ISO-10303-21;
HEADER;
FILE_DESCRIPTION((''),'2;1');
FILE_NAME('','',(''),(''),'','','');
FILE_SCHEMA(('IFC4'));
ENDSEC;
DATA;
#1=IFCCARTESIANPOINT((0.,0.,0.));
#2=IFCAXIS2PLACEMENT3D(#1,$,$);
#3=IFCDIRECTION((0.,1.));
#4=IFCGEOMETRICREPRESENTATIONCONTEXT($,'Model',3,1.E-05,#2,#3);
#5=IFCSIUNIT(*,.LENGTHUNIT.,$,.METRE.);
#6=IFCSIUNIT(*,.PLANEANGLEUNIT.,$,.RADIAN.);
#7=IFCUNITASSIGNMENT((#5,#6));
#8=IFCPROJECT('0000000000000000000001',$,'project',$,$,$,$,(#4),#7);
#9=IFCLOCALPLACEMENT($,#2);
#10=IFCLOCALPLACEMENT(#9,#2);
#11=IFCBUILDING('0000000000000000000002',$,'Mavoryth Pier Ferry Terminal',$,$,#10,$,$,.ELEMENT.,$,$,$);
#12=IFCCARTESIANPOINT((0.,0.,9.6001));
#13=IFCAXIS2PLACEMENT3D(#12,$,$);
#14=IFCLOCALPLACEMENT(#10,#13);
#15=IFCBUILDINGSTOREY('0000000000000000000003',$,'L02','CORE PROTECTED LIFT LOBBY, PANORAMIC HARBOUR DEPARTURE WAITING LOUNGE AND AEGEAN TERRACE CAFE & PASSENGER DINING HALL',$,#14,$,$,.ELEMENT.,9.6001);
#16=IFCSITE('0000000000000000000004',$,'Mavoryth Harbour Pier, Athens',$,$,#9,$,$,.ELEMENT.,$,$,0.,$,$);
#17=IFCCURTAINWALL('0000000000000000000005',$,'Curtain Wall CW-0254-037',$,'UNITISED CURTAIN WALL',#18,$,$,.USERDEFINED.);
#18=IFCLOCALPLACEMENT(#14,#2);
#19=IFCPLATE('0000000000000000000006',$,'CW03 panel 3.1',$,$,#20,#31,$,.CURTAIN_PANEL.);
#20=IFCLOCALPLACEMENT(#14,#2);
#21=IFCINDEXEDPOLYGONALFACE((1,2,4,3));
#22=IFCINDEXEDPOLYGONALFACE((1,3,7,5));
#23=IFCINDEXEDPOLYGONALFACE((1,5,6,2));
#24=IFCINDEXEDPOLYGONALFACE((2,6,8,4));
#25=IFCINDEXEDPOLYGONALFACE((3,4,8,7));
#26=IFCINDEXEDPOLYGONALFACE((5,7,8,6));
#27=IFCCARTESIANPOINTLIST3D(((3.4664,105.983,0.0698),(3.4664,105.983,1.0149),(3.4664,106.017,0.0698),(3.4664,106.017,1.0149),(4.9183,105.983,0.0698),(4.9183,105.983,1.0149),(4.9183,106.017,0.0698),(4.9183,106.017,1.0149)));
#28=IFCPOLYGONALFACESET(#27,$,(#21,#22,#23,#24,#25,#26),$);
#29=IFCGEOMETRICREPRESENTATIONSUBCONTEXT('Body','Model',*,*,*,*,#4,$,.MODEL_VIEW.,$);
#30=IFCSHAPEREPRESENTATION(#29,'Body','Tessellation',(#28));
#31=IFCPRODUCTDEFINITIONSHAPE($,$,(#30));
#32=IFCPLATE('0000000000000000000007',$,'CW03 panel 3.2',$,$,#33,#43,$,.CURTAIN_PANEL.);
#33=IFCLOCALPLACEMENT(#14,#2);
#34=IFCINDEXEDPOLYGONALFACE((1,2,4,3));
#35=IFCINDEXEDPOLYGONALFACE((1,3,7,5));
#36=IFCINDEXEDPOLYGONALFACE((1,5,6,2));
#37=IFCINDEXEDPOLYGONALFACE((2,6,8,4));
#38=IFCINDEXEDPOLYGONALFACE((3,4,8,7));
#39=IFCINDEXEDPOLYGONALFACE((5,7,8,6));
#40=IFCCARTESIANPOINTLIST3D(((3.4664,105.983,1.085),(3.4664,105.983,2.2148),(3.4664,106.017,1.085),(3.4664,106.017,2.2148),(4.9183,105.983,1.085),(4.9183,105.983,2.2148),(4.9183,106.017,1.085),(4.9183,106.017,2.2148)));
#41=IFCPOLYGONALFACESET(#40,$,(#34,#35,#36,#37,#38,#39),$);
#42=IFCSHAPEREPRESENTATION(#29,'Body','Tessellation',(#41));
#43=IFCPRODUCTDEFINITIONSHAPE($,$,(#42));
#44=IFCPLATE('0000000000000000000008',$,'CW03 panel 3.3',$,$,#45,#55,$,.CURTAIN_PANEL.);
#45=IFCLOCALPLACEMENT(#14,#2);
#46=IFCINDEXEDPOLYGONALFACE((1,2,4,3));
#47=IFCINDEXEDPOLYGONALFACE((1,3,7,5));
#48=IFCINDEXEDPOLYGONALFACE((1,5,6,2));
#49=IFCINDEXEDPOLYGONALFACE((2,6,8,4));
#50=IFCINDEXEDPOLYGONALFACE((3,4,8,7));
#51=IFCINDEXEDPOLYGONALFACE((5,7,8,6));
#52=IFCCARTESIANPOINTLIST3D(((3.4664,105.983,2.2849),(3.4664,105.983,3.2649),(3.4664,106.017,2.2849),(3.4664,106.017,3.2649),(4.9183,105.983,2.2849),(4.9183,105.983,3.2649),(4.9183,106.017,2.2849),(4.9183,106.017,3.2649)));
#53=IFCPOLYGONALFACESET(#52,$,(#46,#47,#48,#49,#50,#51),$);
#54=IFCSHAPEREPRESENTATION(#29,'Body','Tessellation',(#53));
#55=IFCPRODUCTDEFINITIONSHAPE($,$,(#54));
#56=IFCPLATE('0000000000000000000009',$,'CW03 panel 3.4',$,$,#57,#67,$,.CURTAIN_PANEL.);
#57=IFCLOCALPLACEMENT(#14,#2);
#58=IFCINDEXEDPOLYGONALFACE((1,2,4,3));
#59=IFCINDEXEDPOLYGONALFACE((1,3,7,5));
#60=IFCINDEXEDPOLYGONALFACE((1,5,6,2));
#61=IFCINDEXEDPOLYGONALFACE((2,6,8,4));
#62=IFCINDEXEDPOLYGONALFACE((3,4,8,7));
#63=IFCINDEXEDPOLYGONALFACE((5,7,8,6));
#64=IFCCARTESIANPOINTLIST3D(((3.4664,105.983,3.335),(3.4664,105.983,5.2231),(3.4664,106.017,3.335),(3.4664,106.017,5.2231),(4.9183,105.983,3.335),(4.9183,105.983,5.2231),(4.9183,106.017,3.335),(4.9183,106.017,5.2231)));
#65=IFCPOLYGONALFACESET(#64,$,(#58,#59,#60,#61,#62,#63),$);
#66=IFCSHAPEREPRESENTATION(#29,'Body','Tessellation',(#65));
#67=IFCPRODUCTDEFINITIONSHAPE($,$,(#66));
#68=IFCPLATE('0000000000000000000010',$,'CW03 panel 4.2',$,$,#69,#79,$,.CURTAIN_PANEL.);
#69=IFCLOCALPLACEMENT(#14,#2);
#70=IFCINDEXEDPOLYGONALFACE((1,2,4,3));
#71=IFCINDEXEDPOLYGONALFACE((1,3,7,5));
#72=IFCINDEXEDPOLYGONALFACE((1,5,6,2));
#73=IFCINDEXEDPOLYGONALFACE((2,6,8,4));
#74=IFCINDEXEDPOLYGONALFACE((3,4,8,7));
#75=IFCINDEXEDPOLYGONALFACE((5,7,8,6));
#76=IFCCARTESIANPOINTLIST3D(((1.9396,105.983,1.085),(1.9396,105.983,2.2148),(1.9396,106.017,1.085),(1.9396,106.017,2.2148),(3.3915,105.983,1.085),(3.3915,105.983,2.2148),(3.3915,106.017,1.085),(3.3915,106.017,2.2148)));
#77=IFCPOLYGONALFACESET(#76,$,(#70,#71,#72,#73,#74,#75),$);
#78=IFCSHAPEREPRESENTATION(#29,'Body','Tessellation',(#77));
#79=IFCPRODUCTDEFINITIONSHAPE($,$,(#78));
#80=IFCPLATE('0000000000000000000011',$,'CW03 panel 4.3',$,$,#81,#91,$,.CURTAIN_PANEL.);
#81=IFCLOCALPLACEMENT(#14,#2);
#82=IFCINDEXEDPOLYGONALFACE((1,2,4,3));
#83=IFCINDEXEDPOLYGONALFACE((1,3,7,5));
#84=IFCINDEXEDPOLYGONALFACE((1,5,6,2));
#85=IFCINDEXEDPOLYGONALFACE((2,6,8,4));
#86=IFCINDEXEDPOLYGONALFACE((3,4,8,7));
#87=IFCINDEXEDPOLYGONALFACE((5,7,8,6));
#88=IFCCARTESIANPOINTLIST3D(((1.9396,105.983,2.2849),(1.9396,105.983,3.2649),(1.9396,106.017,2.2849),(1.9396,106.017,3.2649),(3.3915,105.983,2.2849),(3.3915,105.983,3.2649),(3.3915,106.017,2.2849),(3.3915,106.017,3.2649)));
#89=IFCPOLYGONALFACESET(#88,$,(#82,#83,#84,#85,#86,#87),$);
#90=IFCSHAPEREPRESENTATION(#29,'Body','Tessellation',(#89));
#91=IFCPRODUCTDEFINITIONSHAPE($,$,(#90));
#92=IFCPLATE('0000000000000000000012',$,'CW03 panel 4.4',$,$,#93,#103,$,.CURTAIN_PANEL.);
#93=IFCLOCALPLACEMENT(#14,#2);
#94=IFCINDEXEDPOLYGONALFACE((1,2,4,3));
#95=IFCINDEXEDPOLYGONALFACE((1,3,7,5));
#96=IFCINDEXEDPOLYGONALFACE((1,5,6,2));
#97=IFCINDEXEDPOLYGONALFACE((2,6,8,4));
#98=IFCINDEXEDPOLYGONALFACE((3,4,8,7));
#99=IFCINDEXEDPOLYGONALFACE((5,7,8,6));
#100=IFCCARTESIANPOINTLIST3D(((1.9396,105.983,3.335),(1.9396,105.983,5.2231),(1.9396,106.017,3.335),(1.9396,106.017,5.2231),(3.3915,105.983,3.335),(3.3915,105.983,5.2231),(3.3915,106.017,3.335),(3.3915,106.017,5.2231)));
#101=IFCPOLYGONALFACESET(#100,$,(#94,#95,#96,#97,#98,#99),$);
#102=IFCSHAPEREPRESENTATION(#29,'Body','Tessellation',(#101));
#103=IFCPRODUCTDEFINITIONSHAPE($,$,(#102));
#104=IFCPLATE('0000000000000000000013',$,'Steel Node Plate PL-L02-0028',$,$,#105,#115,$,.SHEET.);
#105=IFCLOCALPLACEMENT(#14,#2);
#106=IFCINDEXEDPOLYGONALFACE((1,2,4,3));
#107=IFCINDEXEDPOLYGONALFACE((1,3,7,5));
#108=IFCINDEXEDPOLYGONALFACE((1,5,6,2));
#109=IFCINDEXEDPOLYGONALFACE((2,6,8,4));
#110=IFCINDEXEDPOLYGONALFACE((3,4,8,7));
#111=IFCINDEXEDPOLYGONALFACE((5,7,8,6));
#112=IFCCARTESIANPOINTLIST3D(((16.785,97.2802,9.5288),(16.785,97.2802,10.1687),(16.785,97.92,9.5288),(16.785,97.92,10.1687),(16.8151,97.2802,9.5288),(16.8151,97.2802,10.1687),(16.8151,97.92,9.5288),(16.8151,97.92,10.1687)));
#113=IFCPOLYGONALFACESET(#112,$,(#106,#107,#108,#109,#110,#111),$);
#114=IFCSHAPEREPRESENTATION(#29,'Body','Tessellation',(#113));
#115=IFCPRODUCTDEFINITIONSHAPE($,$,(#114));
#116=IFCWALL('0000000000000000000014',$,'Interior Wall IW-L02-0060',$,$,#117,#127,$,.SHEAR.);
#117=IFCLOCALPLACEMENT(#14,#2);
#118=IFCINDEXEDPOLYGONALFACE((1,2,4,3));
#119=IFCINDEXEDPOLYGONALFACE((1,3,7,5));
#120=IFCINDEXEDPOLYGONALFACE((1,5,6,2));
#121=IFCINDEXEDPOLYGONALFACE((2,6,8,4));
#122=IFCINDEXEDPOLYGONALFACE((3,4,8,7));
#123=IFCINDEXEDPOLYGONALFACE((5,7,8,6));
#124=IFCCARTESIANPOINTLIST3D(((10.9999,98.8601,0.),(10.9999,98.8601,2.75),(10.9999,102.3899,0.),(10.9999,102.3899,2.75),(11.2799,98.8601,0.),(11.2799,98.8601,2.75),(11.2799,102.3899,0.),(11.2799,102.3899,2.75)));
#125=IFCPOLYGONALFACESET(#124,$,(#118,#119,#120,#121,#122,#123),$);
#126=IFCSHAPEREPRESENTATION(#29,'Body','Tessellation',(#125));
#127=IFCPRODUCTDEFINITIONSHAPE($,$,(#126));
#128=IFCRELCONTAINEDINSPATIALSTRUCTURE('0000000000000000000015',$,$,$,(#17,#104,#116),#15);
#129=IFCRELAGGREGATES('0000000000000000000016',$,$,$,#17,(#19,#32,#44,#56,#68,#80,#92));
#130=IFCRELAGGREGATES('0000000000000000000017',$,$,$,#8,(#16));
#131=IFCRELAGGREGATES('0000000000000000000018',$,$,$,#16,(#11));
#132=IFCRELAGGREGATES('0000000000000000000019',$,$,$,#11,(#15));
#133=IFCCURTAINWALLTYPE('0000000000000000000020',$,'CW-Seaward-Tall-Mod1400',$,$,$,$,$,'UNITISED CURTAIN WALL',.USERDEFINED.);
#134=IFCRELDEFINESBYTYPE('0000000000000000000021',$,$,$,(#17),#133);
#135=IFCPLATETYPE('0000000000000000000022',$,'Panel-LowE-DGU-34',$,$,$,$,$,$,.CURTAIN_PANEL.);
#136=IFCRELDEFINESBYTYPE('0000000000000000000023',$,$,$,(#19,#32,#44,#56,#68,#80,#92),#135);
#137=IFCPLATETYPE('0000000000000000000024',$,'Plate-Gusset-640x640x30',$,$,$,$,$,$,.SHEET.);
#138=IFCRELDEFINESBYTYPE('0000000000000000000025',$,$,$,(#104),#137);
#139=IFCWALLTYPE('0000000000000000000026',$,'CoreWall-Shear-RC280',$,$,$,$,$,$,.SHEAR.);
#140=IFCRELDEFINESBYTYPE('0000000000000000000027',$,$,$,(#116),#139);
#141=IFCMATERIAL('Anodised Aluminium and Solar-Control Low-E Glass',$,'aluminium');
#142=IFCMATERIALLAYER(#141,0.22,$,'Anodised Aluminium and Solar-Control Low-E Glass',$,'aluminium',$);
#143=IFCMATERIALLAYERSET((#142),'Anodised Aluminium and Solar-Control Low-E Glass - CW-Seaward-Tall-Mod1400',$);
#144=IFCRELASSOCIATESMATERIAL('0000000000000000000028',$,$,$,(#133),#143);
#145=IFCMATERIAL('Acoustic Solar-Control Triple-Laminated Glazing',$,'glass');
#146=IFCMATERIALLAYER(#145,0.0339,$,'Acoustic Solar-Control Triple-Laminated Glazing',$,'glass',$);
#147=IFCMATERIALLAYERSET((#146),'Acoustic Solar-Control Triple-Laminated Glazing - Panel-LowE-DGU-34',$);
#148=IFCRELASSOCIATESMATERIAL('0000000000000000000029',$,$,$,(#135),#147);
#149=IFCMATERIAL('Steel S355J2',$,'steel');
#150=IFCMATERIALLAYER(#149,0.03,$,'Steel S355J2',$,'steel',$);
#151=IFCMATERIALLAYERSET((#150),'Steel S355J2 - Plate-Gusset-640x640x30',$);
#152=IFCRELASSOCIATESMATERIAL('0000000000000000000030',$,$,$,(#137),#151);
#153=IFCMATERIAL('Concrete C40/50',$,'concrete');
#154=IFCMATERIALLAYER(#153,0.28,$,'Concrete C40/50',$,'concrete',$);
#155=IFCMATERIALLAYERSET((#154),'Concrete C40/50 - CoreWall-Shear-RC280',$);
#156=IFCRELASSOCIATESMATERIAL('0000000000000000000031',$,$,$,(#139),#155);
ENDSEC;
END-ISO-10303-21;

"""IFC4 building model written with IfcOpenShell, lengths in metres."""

from ifc_helpers import new_model, si_unit, direction, frame, frame_2d, origin, origin_2d, place, context, subcontext, project, spatial, rectangle, extrude, material, layer, layer_set, type_object, element, aggregate, save


model = new_model("IFC4")

# Units and contexts
model_context = context("Model", 3, precision=1e-05, world=origin(), true_north=direction((0.0, 1.0)))
body_context = subcontext(model_context, "Body", "Model", "MODEL_VIEW")
ifc_project = project(units=[si_unit("LENGTHUNIT", "METRE"), si_unit("PLANEANGLEUNIT", "RADIAN")], contexts=[model_context])

# Site, building, storey
site_placement = place(None, origin())
site = spatial("IfcSite", under=ifc_project, at=site_placement, Name="Mavoryth Harbour Pier, Athens", CompositionType="ELEMENT", RefElevation=0.0)
building_placement = place(site_placement, origin())
building = spatial("IfcBuilding", under=site, at=building_placement, Name="Mavoryth Pier Ferry Terminal", CompositionType="ELEMENT")
storey_placement = place(building_placement, frame((0.0, 0.0, 9.6001)))
storey = spatial("IfcBuildingStorey", under=building, at=storey_placement, Name="L02", Description="CORE PROTECTED LIFT LOBBY, PANORAMIC HARBOUR DEPARTURE WAITING LOUNGE AND AEGEAN TERRACE CAFE & PASSENGER DINING HALL", CompositionType="ELEMENT", Elevation=9.6001)

# Shared definitions
ifc_material_1 = material(Name="Concrete C40/50", Category="concrete")

# Shared definitions
ifc_material_2 = material(Name="Steel S355J2", Category="steel")

# Curtain wall
ifc_material_3 = material(Name="Anodised Aluminium and Solar-Control Low-E Glass", Category="aluminium")
ifc_layer_1 = layer(ifc_material_3, 0.22, Name="Anodised Aluminium and Solar-Control Low-E Glass", Category="aluminium")
ifc_layer_set_1 = layer_set([ifc_layer_1], Name="Anodised Aluminium and Solar-Control Low-E Glass - CW-Seaward-Tall-Mod1400")
curtain_wall_type = type_object("IfcCurtainWallType", Name="CW-Seaward-Tall-Mod1400", ElementType="UNITISED CURTAIN WALL", PredefinedType="USERDEFINED", material=ifc_layer_set_1)
curtain_wall_placement = place(storey_placement, origin())
curtain_wall = element("IfcCurtainWall", 1, at=curtain_wall_placement, inside=storey, type_object=curtain_wall_type, Name="Curtain Wall CW-0254-037", ObjectType="UNITISED CURTAIN WALL", PredefinedType="USERDEFINED")

# Plates
ifc_material_4 = material(Name="Acoustic Solar-Control Triple-Laminated Glazing", Category="glass")
ifc_layer_2 = layer(ifc_material_4, 0.0339, Name="Acoustic Solar-Control Triple-Laminated Glazing", Category="glass")
ifc_layer_set_2 = layer_set([ifc_layer_2], Name="Acoustic Solar-Control Triple-Laminated Glazing - Panel-LowE-DGU-34")
plate_type_1 = type_object("IfcPlateType", Name="Panel-LowE-DGU-34", PredefinedType="CURTAIN_PANEL", material=ifc_layer_set_2)
plate_1_placement = place(storey_placement, frame((4.1924, 106.0, 0.0698), z_axis=(0.0, 0.0, 1.0), x_axis=(-1.0, 0.0, 0.0)))
plate_1 = element("IfcPlate", 2, at=plate_1_placement, type_object=plate_type_1, Name="CW03 panel 3.1", PredefinedType="CURTAIN_PANEL", context=body_context, shape_type="SweptSolid", body=[
    extrude(rectangle(XDim=1.4519, YDim=0.0339, at=origin_2d()), origin(), (0.0, 0.0, 1.0), 0.9451),
])
plate_2_placement = place(storey_placement, frame((4.1924, 106.0, 1.085), z_axis=(0.0, 0.0, 1.0), x_axis=(-1.0, 0.0, 0.0)))
plate_2 = element("IfcPlate", 3, at=plate_2_placement, type_object=plate_type_1, Name="CW03 panel 3.2", PredefinedType="CURTAIN_PANEL", context=body_context, shape_type="SweptSolid", body=[
    extrude(rectangle(XDim=1.4519, YDim=0.0339, at=origin_2d()), origin(), (0.0, 0.0, 1.0), 1.1299),
])
plate_3_placement = place(storey_placement, frame((4.1924, 106.0, 2.2849), z_axis=(0.0, 0.0, 1.0), x_axis=(-1.0, 0.0, 0.0)))
plate_3 = element("IfcPlate", 4, at=plate_3_placement, type_object=plate_type_1, Name="CW03 panel 3.3", PredefinedType="CURTAIN_PANEL", context=body_context, shape_type="SweptSolid", body=[
    extrude(rectangle(XDim=1.4519, YDim=0.0339, at=origin_2d()), origin(), (0.0, 0.0, 1.0), 0.98),
])
plate_4_placement = place(storey_placement, frame((4.1924, 106.0, 3.335), z_axis=(0.0, 0.0, 1.0), x_axis=(-1.0, 0.0, 0.0)))
plate_4 = element("IfcPlate", 5, at=plate_4_placement, type_object=plate_type_1, Name="CW03 panel 3.4", PredefinedType="CURTAIN_PANEL", context=body_context, shape_type="SweptSolid", body=[
    extrude(rectangle(XDim=1.4519, YDim=0.0339, at=origin_2d()), origin(), (0.0, 0.0, 1.0), 1.8882),
])
plate_5_placement = place(storey_placement, frame((2.6655, 106.0, 1.085), z_axis=(0.0, 0.0, 1.0), x_axis=(-1.0, 0.0, 0.0)))
plate_5 = element("IfcPlate", 6, at=plate_5_placement, type_object=plate_type_1, Name="CW03 panel 4.2", PredefinedType="CURTAIN_PANEL", context=body_context, shape_type="SweptSolid", body=[
    extrude(rectangle(XDim=1.4519, YDim=0.0339, at=origin_2d()), origin(), (0.0, 0.0, 1.0), 1.1299),
])
plate_6_placement = place(storey_placement, frame((2.6655, 106.0, 2.2849), z_axis=(0.0, 0.0, 1.0), x_axis=(-1.0, 0.0, 0.0)))
plate_6 = element("IfcPlate", 7, at=plate_6_placement, type_object=plate_type_1, Name="CW03 panel 4.3", PredefinedType="CURTAIN_PANEL", context=body_context, shape_type="SweptSolid", body=[
    extrude(rectangle(XDim=1.4519, YDim=0.0339, at=origin_2d()), origin(), (0.0, 0.0, 1.0), 0.98),
])
plate_7_placement = place(storey_placement, frame((2.6655, 106.0, 3.335), z_axis=(0.0, 0.0, 1.0), x_axis=(-1.0, 0.0, 0.0)))
plate_7 = element("IfcPlate", 8, at=plate_7_placement, type_object=plate_type_1, Name="CW03 panel 4.4", PredefinedType="CURTAIN_PANEL", context=body_context, shape_type="SweptSolid", body=[
    extrude(rectangle(XDim=1.4519, YDim=0.0339, at=origin_2d()), origin(), (0.0, 0.0, 1.0), 1.8882),
])
aggregate(curtain_wall, [plate_1, plate_2, plate_3, plate_4, plate_5, plate_6, plate_7])
ifc_layer_3 = layer(ifc_material_2, 0.03, Name="Steel S355J2", Category="steel")
ifc_layer_set_3 = layer_set([ifc_layer_3], Name="Steel S355J2 - Plate-Gusset-640x640x30")
plate_type_2 = type_object("IfcPlateType", Name="Plate-Gusset-640x640x30", PredefinedType="SHEET", material=ifc_layer_set_3)
plate_8_placement = place(storey_placement, frame((16.8, 97.6001, 9.5288), z_axis=(0.0, 0.0, 1.0), x_axis=(0.0, 1.0, 0.0)))
element("IfcPlate", 9, at=plate_8_placement, inside=storey, type_object=plate_type_2, Name="Steel Node Plate PL-L02-0028", PredefinedType="SHEET", context=body_context, shape_type="SweptSolid", body=[
    extrude(rectangle(XDim=0.6399, YDim=0.03, at=origin_2d()), origin(), (0.0, 0.0, 1.0), 0.6399),
])

# Wall
ifc_layer_4 = layer(ifc_material_1, 0.28, Name="Concrete C40/50", Category="concrete")
ifc_layer_set_4 = layer_set([ifc_layer_4], Name="Concrete C40/50 - CoreWall-Shear-RC280")
wall_type = type_object("IfcWallType", Name="CoreWall-Shear-RC280", PredefinedType="SHEAR", material=ifc_layer_set_4)
wall_placement = place(storey_placement, frame((11.1399, 98.8601, 0.0), z_axis=(0.0, 0.0, 1.0), x_axis=(0.0, 1.0, 0.0)))
element("IfcWall", 10, at=wall_placement, inside=storey, type_object=wall_type, Name="Interior Wall IW-L02-0060", PredefinedType="SHEAR", context=body_context, shape_type="SweptSolid", body=[
    extrude(rectangle(XDim=3.5298, YDim=0.28, at=frame_2d((1.7649, 0.0))), origin(), (0.0, 0.0, 1.0), 2.75),
])

save(model, "model.ifc")
